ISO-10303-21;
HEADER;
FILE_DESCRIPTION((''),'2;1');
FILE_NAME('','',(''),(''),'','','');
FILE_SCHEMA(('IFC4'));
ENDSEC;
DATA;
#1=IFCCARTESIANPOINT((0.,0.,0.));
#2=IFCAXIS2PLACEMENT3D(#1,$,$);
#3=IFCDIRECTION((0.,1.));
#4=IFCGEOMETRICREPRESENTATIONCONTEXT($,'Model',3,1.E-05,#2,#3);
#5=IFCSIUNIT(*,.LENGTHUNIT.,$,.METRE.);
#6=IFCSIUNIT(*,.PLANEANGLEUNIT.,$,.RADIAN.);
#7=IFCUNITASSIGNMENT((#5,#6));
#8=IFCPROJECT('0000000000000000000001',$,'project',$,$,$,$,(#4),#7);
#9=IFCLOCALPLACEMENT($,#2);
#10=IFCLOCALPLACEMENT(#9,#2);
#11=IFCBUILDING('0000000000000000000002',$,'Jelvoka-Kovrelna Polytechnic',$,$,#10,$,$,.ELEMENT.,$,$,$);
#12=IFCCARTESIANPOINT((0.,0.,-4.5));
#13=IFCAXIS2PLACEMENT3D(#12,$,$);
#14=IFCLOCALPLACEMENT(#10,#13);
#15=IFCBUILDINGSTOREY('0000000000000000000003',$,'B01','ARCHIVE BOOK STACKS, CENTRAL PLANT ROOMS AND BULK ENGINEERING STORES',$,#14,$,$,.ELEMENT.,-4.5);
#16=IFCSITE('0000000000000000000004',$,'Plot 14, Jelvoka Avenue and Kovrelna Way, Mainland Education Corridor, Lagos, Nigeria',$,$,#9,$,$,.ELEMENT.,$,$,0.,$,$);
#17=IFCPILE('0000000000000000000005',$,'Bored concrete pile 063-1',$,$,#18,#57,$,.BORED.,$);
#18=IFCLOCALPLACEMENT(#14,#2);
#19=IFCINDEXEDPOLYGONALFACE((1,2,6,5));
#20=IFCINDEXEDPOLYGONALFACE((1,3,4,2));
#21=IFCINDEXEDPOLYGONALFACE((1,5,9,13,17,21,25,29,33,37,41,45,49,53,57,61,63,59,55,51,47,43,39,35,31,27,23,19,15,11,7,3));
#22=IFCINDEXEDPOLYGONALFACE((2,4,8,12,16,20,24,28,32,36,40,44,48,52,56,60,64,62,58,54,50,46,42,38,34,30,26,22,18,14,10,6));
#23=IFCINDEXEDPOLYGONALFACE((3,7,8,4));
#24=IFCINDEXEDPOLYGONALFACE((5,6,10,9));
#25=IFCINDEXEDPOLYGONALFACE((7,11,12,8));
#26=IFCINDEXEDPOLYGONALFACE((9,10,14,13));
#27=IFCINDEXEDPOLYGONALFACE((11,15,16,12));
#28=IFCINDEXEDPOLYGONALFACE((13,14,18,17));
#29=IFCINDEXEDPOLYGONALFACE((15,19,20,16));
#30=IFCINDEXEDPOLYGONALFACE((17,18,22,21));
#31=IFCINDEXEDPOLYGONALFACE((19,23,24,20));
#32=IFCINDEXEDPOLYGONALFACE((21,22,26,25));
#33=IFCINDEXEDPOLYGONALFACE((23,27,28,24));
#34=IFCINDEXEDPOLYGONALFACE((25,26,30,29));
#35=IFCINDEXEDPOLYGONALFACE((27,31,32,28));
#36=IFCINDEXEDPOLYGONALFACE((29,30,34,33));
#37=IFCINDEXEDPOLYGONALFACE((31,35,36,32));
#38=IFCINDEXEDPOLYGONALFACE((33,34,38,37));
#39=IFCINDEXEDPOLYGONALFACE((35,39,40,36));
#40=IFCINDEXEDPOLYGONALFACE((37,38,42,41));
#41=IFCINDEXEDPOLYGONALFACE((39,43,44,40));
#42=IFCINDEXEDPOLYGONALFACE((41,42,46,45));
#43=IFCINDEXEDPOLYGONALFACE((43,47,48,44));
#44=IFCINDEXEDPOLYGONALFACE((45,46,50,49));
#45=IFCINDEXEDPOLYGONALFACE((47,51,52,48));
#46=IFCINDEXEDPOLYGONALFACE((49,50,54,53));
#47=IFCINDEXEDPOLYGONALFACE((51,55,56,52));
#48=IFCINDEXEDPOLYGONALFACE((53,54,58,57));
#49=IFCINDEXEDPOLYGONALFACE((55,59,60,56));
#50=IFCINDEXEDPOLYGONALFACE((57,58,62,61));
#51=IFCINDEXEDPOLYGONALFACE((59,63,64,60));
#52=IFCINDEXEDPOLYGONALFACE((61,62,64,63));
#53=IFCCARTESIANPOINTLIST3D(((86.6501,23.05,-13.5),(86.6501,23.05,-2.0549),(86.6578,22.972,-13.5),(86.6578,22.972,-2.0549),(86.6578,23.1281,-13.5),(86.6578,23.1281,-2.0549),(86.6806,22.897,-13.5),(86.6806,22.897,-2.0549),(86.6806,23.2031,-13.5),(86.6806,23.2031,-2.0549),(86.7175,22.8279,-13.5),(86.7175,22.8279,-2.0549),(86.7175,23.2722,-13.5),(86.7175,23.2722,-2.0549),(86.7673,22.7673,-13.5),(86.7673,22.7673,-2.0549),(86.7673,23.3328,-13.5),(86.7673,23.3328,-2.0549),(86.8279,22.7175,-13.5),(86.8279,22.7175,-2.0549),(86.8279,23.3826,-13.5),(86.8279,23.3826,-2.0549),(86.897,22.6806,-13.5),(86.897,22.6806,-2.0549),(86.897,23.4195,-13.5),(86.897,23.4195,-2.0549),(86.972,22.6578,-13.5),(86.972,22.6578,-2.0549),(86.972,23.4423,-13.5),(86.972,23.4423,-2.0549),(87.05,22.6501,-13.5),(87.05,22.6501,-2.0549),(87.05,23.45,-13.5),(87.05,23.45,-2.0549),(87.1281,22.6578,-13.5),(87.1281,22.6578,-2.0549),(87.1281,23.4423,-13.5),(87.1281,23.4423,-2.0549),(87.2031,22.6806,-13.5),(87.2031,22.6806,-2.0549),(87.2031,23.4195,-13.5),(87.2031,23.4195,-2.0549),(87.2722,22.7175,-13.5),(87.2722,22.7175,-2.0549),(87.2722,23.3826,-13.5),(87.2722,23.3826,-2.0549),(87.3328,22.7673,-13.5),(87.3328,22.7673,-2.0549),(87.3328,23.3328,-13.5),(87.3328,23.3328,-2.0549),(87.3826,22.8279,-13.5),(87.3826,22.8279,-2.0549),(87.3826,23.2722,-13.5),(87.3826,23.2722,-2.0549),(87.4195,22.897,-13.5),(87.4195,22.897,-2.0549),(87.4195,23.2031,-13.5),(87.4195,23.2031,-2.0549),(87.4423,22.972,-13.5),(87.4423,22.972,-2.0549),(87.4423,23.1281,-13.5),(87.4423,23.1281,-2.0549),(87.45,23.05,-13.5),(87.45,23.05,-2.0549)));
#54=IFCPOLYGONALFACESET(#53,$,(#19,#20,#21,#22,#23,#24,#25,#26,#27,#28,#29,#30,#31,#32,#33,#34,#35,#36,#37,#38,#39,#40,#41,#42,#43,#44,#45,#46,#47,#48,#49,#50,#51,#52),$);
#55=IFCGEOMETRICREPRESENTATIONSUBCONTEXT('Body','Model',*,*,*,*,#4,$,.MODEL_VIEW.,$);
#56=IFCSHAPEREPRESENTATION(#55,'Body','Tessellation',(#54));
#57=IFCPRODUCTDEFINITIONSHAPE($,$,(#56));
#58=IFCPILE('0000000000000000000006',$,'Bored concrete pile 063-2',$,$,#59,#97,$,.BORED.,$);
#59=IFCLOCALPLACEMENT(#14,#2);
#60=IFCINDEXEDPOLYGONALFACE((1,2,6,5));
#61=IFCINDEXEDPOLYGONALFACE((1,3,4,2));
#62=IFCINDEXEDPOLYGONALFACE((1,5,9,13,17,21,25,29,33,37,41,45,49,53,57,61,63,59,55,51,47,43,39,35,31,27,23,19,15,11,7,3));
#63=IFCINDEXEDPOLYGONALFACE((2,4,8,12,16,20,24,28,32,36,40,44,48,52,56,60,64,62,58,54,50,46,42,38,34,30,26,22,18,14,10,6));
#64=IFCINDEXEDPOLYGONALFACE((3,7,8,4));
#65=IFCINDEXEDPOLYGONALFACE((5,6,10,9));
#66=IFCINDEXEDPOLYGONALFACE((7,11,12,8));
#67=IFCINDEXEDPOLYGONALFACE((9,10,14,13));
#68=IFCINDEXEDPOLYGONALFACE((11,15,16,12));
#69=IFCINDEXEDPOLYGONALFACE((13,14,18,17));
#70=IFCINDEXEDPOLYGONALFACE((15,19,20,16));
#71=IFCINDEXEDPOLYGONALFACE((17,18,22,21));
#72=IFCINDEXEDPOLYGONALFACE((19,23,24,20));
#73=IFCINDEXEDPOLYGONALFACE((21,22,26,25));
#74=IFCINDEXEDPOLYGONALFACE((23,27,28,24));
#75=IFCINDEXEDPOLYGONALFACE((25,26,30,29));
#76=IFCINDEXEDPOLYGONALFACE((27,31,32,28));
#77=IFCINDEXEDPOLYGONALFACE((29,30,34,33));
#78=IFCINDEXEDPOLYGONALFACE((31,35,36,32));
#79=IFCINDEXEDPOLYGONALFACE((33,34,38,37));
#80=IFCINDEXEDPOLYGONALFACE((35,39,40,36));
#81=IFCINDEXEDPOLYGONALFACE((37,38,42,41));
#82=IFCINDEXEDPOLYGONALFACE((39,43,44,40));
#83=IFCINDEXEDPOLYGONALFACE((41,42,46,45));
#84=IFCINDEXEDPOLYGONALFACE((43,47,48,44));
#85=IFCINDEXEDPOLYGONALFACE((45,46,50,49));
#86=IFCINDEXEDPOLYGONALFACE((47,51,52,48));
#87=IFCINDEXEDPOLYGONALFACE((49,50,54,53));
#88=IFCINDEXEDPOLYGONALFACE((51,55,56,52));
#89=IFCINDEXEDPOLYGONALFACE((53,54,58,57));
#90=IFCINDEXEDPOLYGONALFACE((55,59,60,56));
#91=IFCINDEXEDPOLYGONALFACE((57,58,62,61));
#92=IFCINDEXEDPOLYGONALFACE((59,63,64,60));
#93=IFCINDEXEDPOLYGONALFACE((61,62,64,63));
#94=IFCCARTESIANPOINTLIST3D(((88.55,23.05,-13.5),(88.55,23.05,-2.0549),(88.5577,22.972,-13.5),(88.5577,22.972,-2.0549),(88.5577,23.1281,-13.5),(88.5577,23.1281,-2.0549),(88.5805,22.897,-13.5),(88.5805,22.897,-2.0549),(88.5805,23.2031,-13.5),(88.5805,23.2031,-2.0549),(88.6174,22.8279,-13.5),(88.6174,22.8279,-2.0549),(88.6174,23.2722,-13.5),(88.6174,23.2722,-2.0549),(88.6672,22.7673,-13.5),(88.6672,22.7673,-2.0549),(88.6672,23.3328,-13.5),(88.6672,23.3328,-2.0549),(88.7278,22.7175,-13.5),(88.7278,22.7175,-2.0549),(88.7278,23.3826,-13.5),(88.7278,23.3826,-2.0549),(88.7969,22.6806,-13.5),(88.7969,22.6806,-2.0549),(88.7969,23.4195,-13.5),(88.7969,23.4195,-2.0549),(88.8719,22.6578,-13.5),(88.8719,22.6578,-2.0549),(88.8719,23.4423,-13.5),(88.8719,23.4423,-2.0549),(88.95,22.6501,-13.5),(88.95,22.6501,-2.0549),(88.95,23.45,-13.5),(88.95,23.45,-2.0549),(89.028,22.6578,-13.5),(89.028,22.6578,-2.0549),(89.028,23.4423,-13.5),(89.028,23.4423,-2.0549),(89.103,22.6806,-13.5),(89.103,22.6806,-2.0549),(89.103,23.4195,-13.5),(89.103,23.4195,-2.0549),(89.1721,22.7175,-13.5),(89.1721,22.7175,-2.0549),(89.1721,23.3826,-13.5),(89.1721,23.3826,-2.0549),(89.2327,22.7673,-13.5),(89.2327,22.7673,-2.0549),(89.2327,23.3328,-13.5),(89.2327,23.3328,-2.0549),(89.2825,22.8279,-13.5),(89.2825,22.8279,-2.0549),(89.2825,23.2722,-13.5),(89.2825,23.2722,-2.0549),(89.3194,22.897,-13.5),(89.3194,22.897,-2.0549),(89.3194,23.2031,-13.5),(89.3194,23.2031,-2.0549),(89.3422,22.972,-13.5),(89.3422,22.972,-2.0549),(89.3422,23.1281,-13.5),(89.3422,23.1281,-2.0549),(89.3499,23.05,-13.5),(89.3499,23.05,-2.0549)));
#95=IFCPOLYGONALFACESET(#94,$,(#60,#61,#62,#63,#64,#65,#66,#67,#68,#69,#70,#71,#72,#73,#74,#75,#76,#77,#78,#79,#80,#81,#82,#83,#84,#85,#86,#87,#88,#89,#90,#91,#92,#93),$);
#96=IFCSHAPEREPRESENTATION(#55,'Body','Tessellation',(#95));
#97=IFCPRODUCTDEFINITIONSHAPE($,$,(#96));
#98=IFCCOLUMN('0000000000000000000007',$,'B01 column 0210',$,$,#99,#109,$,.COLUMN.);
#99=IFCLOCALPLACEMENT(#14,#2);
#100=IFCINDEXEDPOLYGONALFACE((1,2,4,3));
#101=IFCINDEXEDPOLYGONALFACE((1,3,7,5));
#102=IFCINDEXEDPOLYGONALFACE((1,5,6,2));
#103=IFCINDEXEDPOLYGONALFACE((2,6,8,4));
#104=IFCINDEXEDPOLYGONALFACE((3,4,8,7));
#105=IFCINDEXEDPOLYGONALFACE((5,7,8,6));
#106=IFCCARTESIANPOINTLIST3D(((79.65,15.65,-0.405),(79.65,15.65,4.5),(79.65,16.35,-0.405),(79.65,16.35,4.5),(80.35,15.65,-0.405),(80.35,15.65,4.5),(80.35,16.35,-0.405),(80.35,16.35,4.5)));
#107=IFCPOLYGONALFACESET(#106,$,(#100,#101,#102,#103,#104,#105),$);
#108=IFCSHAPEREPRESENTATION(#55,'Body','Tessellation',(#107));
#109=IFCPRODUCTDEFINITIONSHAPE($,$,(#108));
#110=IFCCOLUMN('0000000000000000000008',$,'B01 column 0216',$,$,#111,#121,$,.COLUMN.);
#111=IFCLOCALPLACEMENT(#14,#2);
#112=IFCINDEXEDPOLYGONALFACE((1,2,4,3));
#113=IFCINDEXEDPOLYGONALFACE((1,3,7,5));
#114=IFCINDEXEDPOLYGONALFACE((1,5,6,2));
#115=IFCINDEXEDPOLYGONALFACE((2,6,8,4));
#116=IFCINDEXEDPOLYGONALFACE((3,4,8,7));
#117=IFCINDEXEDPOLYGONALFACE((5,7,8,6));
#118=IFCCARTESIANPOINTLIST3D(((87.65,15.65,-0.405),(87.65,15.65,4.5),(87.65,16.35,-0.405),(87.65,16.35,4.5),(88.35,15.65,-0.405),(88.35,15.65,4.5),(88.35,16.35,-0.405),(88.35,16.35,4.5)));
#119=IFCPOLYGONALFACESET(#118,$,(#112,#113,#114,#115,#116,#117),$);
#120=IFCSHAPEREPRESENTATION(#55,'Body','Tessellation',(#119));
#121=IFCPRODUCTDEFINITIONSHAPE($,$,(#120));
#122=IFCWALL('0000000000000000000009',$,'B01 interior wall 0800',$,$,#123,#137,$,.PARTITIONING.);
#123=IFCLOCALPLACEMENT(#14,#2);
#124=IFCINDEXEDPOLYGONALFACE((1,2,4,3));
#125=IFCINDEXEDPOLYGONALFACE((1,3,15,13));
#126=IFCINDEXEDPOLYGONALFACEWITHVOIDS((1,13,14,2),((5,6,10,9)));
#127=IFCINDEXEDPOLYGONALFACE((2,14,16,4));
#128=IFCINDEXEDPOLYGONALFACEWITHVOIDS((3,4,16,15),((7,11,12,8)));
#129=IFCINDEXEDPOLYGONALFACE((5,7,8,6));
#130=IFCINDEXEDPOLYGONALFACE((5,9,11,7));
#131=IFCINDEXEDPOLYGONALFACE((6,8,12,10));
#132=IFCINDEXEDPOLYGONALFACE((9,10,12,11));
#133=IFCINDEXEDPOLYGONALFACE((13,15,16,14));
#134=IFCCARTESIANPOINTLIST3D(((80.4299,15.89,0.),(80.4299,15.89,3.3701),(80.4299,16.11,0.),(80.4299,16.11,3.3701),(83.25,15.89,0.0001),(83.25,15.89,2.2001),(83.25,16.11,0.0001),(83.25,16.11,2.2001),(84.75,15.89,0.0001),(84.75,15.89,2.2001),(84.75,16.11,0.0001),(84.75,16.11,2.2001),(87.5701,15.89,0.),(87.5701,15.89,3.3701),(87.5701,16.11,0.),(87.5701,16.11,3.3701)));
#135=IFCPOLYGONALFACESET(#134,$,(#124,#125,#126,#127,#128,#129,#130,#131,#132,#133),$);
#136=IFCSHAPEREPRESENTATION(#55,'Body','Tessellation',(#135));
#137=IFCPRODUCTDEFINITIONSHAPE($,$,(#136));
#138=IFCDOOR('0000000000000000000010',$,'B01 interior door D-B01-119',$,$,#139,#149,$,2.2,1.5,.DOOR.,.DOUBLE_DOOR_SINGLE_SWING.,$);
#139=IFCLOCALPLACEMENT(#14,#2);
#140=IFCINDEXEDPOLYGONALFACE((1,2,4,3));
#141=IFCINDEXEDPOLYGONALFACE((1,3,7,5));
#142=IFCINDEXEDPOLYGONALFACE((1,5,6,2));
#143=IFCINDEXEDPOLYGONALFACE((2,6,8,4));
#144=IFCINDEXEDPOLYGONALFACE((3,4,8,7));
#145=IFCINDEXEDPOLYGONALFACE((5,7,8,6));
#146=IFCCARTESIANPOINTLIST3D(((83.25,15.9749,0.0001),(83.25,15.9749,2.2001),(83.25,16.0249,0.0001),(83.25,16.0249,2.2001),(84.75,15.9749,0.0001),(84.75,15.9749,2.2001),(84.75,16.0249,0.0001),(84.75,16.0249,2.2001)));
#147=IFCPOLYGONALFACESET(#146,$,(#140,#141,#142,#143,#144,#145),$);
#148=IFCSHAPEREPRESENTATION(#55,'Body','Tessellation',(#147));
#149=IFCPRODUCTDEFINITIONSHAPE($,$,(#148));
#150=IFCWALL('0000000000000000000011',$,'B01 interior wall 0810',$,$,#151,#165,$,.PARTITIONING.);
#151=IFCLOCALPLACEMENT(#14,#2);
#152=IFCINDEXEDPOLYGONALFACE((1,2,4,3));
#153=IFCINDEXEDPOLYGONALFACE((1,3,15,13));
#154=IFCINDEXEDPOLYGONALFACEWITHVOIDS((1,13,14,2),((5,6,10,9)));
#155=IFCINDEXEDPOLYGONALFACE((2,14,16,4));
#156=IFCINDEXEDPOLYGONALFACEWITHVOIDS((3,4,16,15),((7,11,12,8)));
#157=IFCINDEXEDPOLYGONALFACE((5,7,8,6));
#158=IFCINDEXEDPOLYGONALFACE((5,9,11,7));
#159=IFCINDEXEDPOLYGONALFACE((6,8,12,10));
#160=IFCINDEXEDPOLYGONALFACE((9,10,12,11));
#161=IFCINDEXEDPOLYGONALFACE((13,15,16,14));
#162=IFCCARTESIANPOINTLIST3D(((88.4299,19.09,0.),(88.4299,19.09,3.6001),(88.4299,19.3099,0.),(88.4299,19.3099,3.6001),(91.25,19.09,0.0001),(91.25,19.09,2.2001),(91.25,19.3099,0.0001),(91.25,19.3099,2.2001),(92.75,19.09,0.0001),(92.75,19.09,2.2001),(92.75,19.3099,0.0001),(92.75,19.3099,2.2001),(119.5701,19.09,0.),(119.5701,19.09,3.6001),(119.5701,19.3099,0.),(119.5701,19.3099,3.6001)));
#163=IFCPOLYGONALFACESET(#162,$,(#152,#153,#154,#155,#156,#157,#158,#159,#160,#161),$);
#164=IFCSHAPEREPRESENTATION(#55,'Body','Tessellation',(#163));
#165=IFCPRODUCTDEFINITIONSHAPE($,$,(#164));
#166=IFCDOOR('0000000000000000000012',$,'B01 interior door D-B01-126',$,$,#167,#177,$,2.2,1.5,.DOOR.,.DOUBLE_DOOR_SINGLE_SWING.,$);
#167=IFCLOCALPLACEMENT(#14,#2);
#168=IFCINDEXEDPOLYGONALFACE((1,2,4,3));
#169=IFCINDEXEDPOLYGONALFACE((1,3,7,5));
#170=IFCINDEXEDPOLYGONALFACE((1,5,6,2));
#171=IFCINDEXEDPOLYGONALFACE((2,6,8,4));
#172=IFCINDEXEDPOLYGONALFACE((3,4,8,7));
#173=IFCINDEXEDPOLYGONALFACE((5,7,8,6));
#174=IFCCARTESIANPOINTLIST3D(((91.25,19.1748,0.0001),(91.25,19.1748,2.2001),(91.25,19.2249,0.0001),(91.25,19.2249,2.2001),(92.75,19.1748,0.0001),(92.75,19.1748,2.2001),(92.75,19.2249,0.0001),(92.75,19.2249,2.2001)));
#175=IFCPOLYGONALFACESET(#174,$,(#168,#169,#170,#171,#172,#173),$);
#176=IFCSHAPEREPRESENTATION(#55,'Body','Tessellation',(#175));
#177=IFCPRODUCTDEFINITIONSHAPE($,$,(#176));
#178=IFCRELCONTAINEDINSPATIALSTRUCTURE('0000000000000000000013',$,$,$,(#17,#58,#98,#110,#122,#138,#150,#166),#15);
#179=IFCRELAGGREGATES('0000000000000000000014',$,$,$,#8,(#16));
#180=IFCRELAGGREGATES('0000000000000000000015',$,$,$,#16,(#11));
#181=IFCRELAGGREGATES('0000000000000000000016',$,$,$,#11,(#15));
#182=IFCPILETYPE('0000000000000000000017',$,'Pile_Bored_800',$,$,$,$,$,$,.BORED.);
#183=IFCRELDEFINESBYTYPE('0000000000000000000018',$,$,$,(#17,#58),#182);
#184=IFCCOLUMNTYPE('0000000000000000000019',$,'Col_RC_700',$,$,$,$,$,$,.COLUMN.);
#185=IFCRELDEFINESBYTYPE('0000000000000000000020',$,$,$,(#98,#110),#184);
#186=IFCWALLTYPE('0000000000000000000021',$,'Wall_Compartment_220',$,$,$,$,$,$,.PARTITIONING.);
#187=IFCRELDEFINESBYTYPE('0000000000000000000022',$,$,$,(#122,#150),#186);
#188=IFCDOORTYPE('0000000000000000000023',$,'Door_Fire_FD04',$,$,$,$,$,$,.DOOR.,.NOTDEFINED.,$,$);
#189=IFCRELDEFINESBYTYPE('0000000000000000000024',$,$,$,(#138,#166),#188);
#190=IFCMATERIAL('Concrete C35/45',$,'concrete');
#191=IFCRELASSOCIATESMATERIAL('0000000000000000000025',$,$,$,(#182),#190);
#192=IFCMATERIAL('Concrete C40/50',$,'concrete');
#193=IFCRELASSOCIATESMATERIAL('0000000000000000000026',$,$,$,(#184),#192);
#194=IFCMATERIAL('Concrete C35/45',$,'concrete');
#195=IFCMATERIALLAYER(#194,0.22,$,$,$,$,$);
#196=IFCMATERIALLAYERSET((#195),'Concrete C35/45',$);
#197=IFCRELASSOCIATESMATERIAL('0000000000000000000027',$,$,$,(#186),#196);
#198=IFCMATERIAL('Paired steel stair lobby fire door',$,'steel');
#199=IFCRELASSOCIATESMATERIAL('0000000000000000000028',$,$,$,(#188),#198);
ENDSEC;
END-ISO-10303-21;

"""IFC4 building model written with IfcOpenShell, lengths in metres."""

from ifc_helpers import new_model, si_unit, direction, frame, frame_2d, origin, origin_2d, place, context, subcontext, project, spatial, rectangle, circle, extrude, material, layer, layer_set, material_profile, profile_set, type_object, element, fill, save


model = new_model("IFC4")

# Units and contexts
model_context = context("Model", 3, precision=1e-05, world=origin(), true_north=direction((0.0, 1.0)))
body_context = subcontext(model_context, "Body", "Model", "MODEL_VIEW")
ifc_project = project(units=[si_unit("LENGTHUNIT", "METRE"), si_unit("PLANEANGLEUNIT", "RADIAN")], contexts=[model_context])

# Site, building, storey
site_placement = place(None, origin())
site = spatial("IfcSite", under=ifc_project, at=site_placement, Name="Plot 14, Jelvoka Avenue and Kovrelna Way, Mainland Education Corridor, Lagos, Nigeria", CompositionType="ELEMENT", RefElevation=0.0)
building_placement = place(site_placement, origin())
building = spatial("IfcBuilding", under=site, at=building_placement, Name="Jelvoka-Kovrelna Polytechnic", CompositionType="ELEMENT")
storey_placement = place(building_placement, frame((0.0, 0.0, -4.5)))
storey = spatial("IfcBuildingStorey", under=building, at=storey_placement, Name="B01", Description="ARCHIVE BOOK STACKS, CENTRAL PLANT ROOMS AND BULK ENGINEERING STORES", CompositionType="ELEMENT", Elevation=-4.5)

# Piles
ifc_material_1 = material(Name="Concrete C35/45", Category="concrete")
ifc_material_profile_1 = material_profile(ifc_material_1, circle(Radius=0.3999, at=origin_2d()), Name="PILE D800")
ifc_profile_set_1 = profile_set([ifc_material_profile_1], Name="Concrete C35/45")
pile_type = type_object("IfcPileType", Name="Pile_Bored_800", PredefinedType="BORED", material=ifc_profile_set_1)
for number, where, z_axis, x_axis, name in (
    (1, (87.05, 23.05, -2.0549), (0.0, 0.0, -1.0), (1.0, 0.0, 0.0), "Bored concrete pile 063-1"),
    (2, (88.95, 23.05, -2.0549), (0.0, 0.0, -1.0), (1.0, 0.0, 0.0), "Bored concrete pile 063-2"),
):
    element("IfcPile", number, at=place(storey_placement, frame(where, z_axis=z_axis, x_axis=x_axis)), inside=storey, type_object=pile_type, Name=name, PredefinedType="BORED", context=body_context, shape_type="SweptSolid", body=[
        extrude(circle(Radius=0.3999, at=origin_2d()), origin(), (0.0, 0.0, 1.0), 11.4451),
    ])

# Columns
ifc_material_2 = material(Name="Concrete C40/50", Category="concrete")
ifc_material_profile_2 = material_profile(ifc_material_2, rectangle(XDim=0.7, YDim=0.7, at=origin_2d()), Name="RC 700x700")
ifc_profile_set_2 = profile_set([ifc_material_profile_2], Name="Concrete C40/50")
column_type = type_object("IfcColumnType", Name="Col_RC_700", PredefinedType="COLUMN", material=ifc_profile_set_2)
for number, where, z_axis, x_axis, name in (
    (3, (80.0, 16.0, -0.405), (0.0, 0.0, 1.0), (1.0, 0.0, 0.0), "B01 column 0210"),
    (4, (88.0, 16.0, -0.405), (0.0, 0.0, 1.0), (1.0, 0.0, 0.0), "B01 column 0216"),
):
    element("IfcColumn", number, at=place(storey_placement, frame(where, z_axis=z_axis, x_axis=x_axis)), inside=storey, type_object=column_type, Name=name, PredefinedType="COLUMN", context=body_context, shape_type="SweptSolid", body=[
        extrude(rectangle(XDim=0.7, YDim=0.7, at=origin_2d()), origin(), (0.0, 0.0, 1.0), 4.905),
    ])

# Walls, openings, doors
ifc_material_3 = material(Name="Concrete C35/45", Category="concrete")
ifc_layer_1 = layer(ifc_material_3, 0.22)
ifc_layer_set_1 = layer_set([ifc_layer_1], Name="Concrete C35/45")
wall_type_1 = type_object("IfcWallType", Name="Wall_Compartment_220", PredefinedType="PARTITIONING", material=ifc_layer_set_1)
wall_1_placement = place(storey_placement, frame((80.4299, 16.0, 0.0), z_axis=(0.0, 0.0, 1.0), x_axis=(1.0, 0.0, 0.0)))
wall_1 = element("IfcWall", 5, at=wall_1_placement, inside=storey, type_object=wall_type_1, Name="B01 interior wall 0800", PredefinedType="PARTITIONING", context=body_context, shape_type="SweptSolid", body=[
    extrude(rectangle(XDim=7.1401, YDim=0.22, at=frame_2d((3.5701, 0.0))), origin(), (0.0, 0.0, 1.0), 3.3701),
])
opening_1_placement = place(wall_1_placement, frame((2.8201, 0.0, 0.0)))
opening_1 = element("IfcOpeningElement", 6, at=opening_1_placement, cuts=wall_1, PredefinedType="OPENING", context=body_context, shape_type="SweptSolid", body=[
    extrude(rectangle(XDim=1.5, YDim=2.2, at=frame_2d((0.75, 1.1001))), frame((0.0, 0.1199, 0.0), z_axis=(0.0, -1.0, 0.0), x_axis=(1.0, 0.0, 0.0)), (0.0, 0.0, 1.0), 0.24),
])
ifc_material_4 = material(Name="Paired steel stair lobby fire door", Category="steel")
door_type_1 = type_object("IfcDoorType", Name="Door_Fire_FD04", OperationType="NOTDEFINED", PredefinedType="DOOR", material=ifc_material_4)
door_1_placement = place(opening_1_placement, origin())
door_1 = element("IfcDoor", 7, at=door_1_placement, inside=storey, type_object=door_type_1, Name="B01 interior door D-B01-119", OperationType="DOUBLE_DOOR_SINGLE_SWING", OverallHeight=2.2, OverallWidth=1.5, PredefinedType="DOOR", context=body_context, shape_type="SweptSolid", body=[
    extrude(rectangle(XDim=1.5, YDim=2.2, at=frame_2d((0.75, 1.1001))), frame((0.0, 0.0249, 0.0), z_axis=(0.0, -1.0, 0.0), x_axis=(1.0, 0.0, 0.0)), (0.0, 0.0, 1.0), 0.05),
])
fill(opening_1, door_1)
wall_2_placement = place(storey_placement, frame((88.4299, 19.2, 0.0), z_axis=(0.0, 0.0, 1.0), x_axis=(1.0, 0.0, 0.0)))
wall_2 = element("IfcWall", 8, at=wall_2_placement, inside=storey, type_object=wall_type_1, Name="B01 interior wall 0810", PredefinedType="PARTITIONING", context=body_context, shape_type="SweptSolid", body=[
    extrude(rectangle(XDim=31.1401, YDim=0.22, at=frame_2d((15.5701, 0.0))), origin(), (0.0, 0.0, 1.0), 3.6001),
])
opening_2_placement = place(wall_2_placement, frame((2.8201, 0.0, 0.0)))
opening_2 = element("IfcOpeningElement", 9, at=opening_2_placement, cuts=wall_2, PredefinedType="OPENING", context=body_context, shape_type="SweptSolid", body=[
    extrude(rectangle(XDim=1.5, YDim=2.2, at=frame_2d((0.75, 1.1001))), frame((0.0, 0.1199, 0.0), z_axis=(0.0, -1.0, 0.0), x_axis=(1.0, 0.0, 0.0)), (0.0, 0.0, 1.0), 0.24),
])
door_2_placement = place(opening_2_placement, origin())
door_2 = element("IfcDoor", 10, at=door_2_placement, inside=storey, type_object=door_type_1, Name="B01 interior door D-B01-126", OperationType="DOUBLE_DOOR_SINGLE_SWING", OverallHeight=2.2, OverallWidth=1.5, PredefinedType="DOOR", context=body_context, shape_type="SweptSolid", body=[
    extrude(rectangle(XDim=1.5, YDim=2.2, at=frame_2d((0.75, 1.1001))), frame((0.0, 0.0249, 0.0), z_axis=(0.0, -1.0, 0.0), x_axis=(1.0, 0.0, 0.0)), (0.0, 0.0, 1.0), 0.05),
])
fill(opening_2, door_2)

save(model, "model.ifc")
